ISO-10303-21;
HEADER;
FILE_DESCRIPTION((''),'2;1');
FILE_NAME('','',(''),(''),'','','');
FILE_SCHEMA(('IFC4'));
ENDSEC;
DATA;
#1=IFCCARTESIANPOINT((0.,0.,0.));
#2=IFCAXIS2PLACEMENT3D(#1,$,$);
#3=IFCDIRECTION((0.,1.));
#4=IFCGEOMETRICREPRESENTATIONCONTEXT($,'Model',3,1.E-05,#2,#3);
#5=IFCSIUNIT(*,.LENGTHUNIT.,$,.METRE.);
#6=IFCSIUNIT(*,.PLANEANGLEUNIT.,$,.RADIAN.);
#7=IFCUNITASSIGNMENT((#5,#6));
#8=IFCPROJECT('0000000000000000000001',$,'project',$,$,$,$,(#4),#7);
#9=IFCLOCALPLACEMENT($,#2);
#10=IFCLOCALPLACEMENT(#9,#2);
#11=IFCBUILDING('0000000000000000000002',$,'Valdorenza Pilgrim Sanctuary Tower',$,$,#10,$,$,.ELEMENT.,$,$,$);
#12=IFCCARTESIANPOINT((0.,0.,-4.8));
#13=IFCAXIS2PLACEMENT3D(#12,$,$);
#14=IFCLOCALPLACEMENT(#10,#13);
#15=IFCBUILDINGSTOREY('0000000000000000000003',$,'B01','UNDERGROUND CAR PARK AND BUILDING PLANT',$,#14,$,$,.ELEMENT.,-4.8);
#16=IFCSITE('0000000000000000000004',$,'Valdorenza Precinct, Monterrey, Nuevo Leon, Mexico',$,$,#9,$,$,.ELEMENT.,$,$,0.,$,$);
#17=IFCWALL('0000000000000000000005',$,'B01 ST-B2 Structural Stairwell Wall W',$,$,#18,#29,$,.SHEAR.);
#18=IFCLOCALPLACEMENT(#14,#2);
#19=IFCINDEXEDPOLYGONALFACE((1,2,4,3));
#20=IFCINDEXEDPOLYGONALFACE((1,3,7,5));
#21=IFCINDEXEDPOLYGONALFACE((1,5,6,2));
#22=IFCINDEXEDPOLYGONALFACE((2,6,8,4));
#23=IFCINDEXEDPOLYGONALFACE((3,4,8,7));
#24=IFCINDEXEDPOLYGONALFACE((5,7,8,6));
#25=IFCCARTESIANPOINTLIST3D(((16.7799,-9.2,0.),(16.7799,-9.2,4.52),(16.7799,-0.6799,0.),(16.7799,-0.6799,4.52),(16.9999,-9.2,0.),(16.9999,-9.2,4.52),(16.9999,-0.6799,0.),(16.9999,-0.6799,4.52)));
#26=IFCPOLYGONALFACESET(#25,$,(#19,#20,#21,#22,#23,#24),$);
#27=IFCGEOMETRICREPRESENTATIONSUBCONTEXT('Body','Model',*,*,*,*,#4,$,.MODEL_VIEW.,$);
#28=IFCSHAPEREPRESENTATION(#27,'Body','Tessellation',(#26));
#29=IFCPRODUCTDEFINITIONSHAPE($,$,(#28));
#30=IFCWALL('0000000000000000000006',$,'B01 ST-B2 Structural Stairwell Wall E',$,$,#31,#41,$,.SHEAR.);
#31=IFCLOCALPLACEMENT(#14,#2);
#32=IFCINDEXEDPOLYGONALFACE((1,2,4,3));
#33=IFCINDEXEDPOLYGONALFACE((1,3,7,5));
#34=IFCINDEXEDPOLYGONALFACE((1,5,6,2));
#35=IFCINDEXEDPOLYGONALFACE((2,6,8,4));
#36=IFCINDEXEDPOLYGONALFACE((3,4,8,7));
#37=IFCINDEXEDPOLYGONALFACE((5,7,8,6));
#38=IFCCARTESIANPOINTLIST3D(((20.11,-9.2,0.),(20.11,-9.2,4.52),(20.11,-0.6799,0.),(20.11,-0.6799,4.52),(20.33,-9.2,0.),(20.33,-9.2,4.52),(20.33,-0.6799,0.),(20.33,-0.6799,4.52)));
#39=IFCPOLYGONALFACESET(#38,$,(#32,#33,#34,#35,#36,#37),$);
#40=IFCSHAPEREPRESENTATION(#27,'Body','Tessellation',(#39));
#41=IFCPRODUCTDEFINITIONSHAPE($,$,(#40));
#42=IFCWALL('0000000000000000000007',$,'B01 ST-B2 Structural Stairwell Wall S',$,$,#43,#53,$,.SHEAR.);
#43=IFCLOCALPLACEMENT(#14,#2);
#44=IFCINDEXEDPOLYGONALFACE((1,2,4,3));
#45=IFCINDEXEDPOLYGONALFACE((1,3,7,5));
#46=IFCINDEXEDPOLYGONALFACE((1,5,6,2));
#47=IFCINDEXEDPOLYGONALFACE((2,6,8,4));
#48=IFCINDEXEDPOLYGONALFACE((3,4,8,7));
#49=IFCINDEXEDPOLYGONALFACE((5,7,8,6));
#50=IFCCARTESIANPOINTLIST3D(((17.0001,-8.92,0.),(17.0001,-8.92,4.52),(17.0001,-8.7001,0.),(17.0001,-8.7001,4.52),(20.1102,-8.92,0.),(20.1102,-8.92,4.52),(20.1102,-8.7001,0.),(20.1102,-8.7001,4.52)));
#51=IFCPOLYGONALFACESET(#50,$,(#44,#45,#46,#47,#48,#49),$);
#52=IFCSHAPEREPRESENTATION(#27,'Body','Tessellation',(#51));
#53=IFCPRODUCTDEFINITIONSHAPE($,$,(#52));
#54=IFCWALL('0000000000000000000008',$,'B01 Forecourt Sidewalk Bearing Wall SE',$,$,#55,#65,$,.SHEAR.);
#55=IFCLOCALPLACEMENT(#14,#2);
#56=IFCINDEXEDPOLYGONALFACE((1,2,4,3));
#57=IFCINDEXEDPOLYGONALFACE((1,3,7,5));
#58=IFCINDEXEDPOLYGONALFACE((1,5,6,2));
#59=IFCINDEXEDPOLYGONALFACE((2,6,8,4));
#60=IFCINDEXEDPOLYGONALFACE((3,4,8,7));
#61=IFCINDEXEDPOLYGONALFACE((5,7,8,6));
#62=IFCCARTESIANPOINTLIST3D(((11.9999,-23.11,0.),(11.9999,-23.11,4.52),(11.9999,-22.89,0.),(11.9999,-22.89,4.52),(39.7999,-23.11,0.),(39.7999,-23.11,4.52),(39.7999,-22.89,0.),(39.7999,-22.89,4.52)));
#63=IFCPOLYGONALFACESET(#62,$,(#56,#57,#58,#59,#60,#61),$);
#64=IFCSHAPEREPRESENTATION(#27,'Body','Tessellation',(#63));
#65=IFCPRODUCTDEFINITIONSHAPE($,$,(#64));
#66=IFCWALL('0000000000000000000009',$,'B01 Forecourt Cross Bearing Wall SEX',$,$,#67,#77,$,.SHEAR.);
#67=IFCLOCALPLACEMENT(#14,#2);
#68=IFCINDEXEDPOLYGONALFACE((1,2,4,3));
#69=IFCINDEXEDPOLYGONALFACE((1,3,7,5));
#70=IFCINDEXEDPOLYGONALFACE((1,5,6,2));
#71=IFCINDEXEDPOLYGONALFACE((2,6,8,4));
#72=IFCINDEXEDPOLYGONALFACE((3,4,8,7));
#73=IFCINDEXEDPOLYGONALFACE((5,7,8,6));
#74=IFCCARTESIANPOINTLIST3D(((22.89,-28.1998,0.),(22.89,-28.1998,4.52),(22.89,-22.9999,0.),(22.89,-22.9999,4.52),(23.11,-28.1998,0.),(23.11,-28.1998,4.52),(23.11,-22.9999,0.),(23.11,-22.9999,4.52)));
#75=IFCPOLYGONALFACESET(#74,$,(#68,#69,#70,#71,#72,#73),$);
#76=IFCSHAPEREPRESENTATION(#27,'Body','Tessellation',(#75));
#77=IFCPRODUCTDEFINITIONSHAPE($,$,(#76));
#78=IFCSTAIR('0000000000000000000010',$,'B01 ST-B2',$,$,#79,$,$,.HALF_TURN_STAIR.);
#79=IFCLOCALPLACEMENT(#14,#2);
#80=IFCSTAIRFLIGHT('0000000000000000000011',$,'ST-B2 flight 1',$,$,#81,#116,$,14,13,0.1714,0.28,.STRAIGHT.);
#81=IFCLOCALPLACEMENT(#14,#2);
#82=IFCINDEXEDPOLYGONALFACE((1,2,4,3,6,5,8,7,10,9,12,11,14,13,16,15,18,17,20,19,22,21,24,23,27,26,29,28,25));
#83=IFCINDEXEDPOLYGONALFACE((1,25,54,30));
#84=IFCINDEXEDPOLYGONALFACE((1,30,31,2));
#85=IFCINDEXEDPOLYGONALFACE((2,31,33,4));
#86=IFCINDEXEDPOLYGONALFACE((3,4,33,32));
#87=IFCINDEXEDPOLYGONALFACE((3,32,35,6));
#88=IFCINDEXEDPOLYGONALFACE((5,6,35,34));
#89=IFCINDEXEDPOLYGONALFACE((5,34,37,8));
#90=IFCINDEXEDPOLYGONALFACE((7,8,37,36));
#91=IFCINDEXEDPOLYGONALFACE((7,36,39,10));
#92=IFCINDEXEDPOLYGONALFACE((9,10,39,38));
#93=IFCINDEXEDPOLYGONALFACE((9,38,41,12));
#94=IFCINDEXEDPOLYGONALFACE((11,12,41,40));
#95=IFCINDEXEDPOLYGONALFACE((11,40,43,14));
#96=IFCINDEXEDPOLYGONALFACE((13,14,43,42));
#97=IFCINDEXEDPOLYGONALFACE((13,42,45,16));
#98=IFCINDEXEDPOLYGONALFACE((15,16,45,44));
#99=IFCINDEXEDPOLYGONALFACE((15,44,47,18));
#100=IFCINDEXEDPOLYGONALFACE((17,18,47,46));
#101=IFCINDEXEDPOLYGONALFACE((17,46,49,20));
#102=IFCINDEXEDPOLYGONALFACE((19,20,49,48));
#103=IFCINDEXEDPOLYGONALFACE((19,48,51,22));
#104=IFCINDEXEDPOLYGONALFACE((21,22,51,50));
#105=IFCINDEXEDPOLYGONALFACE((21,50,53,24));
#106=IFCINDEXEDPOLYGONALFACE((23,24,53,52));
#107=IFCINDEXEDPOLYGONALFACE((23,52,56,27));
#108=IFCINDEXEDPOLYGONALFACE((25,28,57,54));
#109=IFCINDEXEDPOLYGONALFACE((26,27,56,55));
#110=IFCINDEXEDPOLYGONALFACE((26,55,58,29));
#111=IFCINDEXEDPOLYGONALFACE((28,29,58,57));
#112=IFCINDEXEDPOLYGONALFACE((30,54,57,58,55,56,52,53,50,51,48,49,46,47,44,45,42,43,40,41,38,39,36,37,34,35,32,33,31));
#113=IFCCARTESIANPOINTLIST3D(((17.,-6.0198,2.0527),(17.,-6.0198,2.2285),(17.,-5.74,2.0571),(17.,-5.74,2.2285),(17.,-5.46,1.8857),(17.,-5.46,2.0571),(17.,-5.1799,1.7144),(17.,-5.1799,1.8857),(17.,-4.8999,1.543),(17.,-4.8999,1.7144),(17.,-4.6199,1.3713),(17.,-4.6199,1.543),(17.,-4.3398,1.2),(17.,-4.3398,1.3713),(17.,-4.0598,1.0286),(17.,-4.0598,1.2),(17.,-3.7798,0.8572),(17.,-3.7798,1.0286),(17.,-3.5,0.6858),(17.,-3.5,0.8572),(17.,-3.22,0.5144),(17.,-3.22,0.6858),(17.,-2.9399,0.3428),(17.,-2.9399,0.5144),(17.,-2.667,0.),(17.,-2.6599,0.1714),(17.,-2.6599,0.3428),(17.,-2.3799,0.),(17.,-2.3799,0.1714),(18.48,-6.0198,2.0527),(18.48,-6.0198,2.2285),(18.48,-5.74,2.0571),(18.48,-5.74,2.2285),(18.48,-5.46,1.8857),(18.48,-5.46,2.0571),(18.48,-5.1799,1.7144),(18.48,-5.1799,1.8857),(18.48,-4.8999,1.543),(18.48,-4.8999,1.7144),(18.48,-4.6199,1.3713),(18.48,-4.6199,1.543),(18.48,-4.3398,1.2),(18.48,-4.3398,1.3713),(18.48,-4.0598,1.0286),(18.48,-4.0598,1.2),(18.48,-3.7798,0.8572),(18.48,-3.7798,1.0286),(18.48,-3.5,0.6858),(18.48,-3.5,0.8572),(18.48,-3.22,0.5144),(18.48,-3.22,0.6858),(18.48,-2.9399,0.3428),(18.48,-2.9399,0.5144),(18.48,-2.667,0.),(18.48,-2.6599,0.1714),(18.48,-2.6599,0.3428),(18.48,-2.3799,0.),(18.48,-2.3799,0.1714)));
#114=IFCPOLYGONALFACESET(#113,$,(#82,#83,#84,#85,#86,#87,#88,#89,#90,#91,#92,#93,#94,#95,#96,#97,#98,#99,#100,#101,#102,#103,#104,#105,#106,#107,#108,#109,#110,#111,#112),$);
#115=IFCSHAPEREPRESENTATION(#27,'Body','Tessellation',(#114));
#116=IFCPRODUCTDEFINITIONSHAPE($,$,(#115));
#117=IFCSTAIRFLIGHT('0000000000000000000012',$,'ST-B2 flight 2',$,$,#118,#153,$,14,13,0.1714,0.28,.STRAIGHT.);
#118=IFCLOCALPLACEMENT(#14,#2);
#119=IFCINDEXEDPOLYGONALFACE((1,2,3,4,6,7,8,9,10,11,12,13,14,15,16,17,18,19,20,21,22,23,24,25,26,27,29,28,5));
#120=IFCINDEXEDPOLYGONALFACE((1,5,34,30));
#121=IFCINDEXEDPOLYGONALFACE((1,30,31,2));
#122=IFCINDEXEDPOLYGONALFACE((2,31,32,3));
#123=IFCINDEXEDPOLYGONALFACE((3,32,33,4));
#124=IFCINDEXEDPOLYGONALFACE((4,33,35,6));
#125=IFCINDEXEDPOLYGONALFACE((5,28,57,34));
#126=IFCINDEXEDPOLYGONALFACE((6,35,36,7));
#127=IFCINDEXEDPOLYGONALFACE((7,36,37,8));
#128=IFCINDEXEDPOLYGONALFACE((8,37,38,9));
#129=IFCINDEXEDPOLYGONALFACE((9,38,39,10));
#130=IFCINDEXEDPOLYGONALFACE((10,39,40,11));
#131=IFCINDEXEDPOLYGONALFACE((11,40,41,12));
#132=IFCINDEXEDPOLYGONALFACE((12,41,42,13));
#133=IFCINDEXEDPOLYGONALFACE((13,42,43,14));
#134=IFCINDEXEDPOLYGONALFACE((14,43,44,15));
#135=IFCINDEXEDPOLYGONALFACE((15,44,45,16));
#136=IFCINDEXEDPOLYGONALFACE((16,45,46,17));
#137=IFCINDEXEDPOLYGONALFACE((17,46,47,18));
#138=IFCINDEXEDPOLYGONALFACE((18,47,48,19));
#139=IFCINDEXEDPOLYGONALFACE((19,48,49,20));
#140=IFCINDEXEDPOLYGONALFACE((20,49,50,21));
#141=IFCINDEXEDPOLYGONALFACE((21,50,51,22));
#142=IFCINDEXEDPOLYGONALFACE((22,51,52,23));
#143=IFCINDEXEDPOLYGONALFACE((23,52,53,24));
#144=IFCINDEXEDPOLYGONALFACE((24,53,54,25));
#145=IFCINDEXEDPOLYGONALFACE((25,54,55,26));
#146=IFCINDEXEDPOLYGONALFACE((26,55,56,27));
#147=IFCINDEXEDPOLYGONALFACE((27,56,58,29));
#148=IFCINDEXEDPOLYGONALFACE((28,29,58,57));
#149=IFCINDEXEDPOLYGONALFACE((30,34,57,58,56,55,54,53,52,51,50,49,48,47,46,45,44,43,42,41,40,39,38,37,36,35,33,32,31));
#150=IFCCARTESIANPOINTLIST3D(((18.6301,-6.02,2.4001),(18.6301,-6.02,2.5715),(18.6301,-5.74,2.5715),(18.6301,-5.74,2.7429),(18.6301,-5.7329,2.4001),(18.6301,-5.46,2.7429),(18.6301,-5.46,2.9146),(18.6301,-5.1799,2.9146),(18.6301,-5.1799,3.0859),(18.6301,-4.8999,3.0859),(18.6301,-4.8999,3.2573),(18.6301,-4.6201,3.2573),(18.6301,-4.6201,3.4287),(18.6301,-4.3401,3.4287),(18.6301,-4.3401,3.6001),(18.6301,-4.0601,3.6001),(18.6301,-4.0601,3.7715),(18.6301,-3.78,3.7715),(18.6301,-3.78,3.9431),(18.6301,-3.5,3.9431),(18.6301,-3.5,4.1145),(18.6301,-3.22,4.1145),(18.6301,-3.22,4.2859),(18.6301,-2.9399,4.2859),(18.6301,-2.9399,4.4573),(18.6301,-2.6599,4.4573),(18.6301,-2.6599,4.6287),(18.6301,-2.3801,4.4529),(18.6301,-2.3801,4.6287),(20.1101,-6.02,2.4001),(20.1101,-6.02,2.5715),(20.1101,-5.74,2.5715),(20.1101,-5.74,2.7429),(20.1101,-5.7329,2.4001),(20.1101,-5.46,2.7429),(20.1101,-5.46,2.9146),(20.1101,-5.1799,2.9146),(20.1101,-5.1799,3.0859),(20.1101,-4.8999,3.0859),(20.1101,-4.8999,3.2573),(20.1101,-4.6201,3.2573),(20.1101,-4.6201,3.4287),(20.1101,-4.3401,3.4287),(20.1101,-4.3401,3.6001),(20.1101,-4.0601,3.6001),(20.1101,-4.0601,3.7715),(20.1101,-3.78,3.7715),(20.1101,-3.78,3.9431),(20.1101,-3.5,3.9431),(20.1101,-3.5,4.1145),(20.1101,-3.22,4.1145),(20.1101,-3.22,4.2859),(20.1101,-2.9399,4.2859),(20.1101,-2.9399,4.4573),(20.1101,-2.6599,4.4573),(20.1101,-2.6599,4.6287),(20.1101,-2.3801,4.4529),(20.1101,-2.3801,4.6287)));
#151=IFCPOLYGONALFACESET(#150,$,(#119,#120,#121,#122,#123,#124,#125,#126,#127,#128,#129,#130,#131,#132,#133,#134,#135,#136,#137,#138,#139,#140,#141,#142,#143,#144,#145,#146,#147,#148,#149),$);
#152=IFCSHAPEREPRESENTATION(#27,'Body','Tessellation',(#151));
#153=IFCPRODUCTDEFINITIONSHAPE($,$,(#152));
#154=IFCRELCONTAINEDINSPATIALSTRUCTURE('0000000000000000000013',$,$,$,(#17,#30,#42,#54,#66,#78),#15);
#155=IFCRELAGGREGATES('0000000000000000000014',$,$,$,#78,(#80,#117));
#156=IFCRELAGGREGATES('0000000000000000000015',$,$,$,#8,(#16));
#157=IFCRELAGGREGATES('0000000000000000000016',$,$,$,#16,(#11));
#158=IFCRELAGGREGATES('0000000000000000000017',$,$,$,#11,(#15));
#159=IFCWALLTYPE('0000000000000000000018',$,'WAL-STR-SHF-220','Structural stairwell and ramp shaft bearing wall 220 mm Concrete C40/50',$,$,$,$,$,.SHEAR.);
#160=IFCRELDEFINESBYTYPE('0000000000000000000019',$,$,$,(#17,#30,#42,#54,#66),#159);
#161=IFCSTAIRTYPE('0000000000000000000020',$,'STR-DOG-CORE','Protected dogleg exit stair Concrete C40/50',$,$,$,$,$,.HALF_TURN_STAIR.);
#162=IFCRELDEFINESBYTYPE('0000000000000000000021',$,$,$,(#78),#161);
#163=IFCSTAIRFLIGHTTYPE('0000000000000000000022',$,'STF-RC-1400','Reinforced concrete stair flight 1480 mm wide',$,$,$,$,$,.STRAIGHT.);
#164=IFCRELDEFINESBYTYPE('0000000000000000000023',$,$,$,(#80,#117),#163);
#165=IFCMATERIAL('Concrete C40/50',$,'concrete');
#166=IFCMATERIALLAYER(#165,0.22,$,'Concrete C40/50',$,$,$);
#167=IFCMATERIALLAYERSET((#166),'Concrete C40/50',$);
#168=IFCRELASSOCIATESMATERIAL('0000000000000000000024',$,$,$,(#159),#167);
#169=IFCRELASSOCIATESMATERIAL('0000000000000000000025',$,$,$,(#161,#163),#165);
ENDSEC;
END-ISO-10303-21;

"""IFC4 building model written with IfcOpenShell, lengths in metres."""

from ifc_helpers import new_model, si_unit, direction, frame, frame_2d, origin, place, context, subcontext, project, spatial, polyline, rectangle, outline, extrude, material, layer, layer_set, type_object, element, aggregate, save


model = new_model("IFC4")

# Units and contexts
model_context = context("Model", 3, precision=1e-05, world=origin(), true_north=direction((0.0, 1.0)))
body_context = subcontext(model_context, "Body", "Model", "MODEL_VIEW")
ifc_project = project(units=[si_unit("LENGTHUNIT", "METRE"), si_unit("PLANEANGLEUNIT", "RADIAN")], contexts=[model_context])

# Site, building, storey
site_placement = place(None, origin())
site = spatial("IfcSite", under=ifc_project, at=site_placement, Name="Valdorenza Precinct, Monterrey, Nuevo Leon, Mexico", CompositionType="ELEMENT", RefElevation=0.0)
building_placement = place(site_placement, origin())
building = spatial("IfcBuilding", under=site, at=building_placement, Name="Valdorenza Pilgrim Sanctuary Tower", CompositionType="ELEMENT")
storey_placement = place(building_placement, frame((0.0, 0.0, -4.8)))
storey = spatial("IfcBuildingStorey", under=building, at=storey_placement, Name="B01", Description="UNDERGROUND CAR PARK AND BUILDING PLANT", CompositionType="ELEMENT", Elevation=-4.8)

# Walls
ifc_material_1 = material(Name="Concrete C40/50", Category="concrete")
ifc_layer_1 = layer(ifc_material_1, 0.22, Name="Concrete C40/50")
ifc_layer_set_1 = layer_set([ifc_layer_1], Name="Concrete C40/50")
wall_type_1 = type_object("IfcWallType", Name="WAL-STR-SHF-220", Description="Structural stairwell and ramp shaft bearing wall 220 mm Concrete C40/50", PredefinedType="SHEAR", material=ifc_layer_set_1)
for number, where, z_axis, x_axis, name in (
    (1, (16.8899, -9.2, 0.0), (0.0, 0.0, 1.0), (0.0, 1.0, 0.0), "B01 ST-B2 Structural Stairwell Wall W"),
    (2, (20.22, -9.2, 0.0), (0.0, 0.0, 1.0), (0.0, 1.0, 0.0), "B01 ST-B2 Structural Stairwell Wall E"),
):
    element("IfcWall", number, at=place(storey_placement, frame(where, z_axis=z_axis, x_axis=x_axis)), inside=storey, type_object=wall_type_1, Name=name, PredefinedType="SHEAR", context=body_context, shape_type="SweptSolid", body=[
        extrude(rectangle(XDim=8.52, YDim=0.22, at=frame_2d((4.26, 0.0))), origin(), (0.0, 0.0, 1.0), 4.52),
    ])
wall_1_placement = place(storey_placement, frame((17.0, -8.8101, 0.0), z_axis=(0.0, 0.0, 1.0), x_axis=(1.0, 0.0, 0.0)))
element("IfcWall", 3, at=wall_1_placement, inside=storey, type_object=wall_type_1, Name="B01 ST-B2 Structural Stairwell Wall S", PredefinedType="SHEAR", context=body_context, shape_type="SweptSolid", body=[
    extrude(rectangle(XDim=3.1101, YDim=0.22, at=frame_2d((1.5552, 0.0))), origin(), (0.0, 0.0, 1.0), 4.52),
])

# Walls
wall_2_placement = place(storey_placement, frame((12.0, -23.0, 0.0), z_axis=(0.0, 0.0, 1.0), x_axis=(1.0, 0.0, 0.0)))
element("IfcWall", 4, at=wall_2_placement, inside=storey, type_object=wall_type_1, Name="B01 Forecourt Sidewalk Bearing Wall SE", PredefinedType="SHEAR", context=body_context, shape_type="SweptSolid", body=[
    extrude(rectangle(XDim=27.8, YDim=0.22, at=frame_2d((13.8999, 0.0))), origin(), (0.0, 0.0, 1.0), 4.52),
])
wall_3_placement = place(storey_placement, frame((23.0, -28.2, 0.0), z_axis=(0.0, 0.0, 1.0), x_axis=(0.0, 1.0, 0.0)))
element("IfcWall", 5, at=wall_3_placement, inside=storey, type_object=wall_type_1, Name="B01 Forecourt Cross Bearing Wall SEX", PredefinedType="SHEAR", context=body_context, shape_type="SweptSolid", body=[
    extrude(rectangle(XDim=5.2, YDim=0.22, at=frame_2d((2.6001, 0.0))), origin(), (0.0, 0.0, 1.0), 4.52),
])

# Stair, stair flights
stair_type = type_object("IfcStairType", Name="STR-DOG-CORE", Description="Protected dogleg exit stair Concrete C40/50", PredefinedType="HALF_TURN_STAIR", material=ifc_material_1)
stair_placement = place(storey_placement, origin())
stair = element("IfcStair", 6, at=stair_placement, inside=storey, type_object=stair_type, Name="B01 ST-B2", PredefinedType="HALF_TURN_STAIR")
stair_flight_type = type_object("IfcStairFlightType", Name="STF-RC-1400", Description="Reinforced concrete stair flight 1480 mm wide", PredefinedType="STRAIGHT", material=ifc_material_1)
stair_flight_1_placement = place(storey_placement, frame((17.74, -2.3799, 0.0), z_axis=(0.0, 0.0, 1.0), x_axis=(0.0, -1.0, 0.0)))
stair_flight_1 = element("IfcStairFlight", 7, at=stair_flight_1_placement, type_object=stair_flight_type, Name="ST-B2 flight 1", NumberOfRisers=14, NumberOfTreads=13, PredefinedType="STRAIGHT", RiserHeight=0.1714, TreadLength=0.28, context=body_context, shape_type="SweptSolid", body=[
    extrude(outline(polyline([(0.0, 0.0), (0.0, 0.1714), (0.28, 0.1714), (0.28, 0.3428), (0.5601, 0.3428), (0.5601, 0.5144), (0.8401, 0.5144), (0.8401, 0.6858), (1.1201, 0.6858), (1.1201, 0.8572), (1.3999, 0.8572), (1.3999, 1.0286), (1.6799, 1.0286), (1.6799, 1.2), (1.96, 1.2), (1.96, 1.3713), (2.24, 1.3713), (2.24, 1.543), (2.52, 1.543), (2.52, 1.7144), (2.8, 1.7144), (2.8, 1.8857), (3.0801, 1.8857), (3.0801, 2.0571), (3.3601, 2.0571), (3.3601, 2.2285), (3.6399, 2.2285), (3.6399, 2.3999), (3.6399, 2.0527), (0.2871, 0.0), (0.0, 0.0)])), frame((0.0, 0.74, 0.0), z_axis=(0.0, -1.0, 0.0), x_axis=(1.0, 0.0, 0.0)), (0.0, 0.0, 1.0), 1.48),
])
stair_flight_2_placement = place(storey_placement, frame((19.3701, -6.02, 2.4001), z_axis=(0.0, 0.0, 1.0), x_axis=(0.0, 1.0, 0.0)))
stair_flight_2 = element("IfcStairFlight", 8, at=stair_flight_2_placement, type_object=stair_flight_type, Name="ST-B2 flight 2", NumberOfRisers=14, NumberOfTreads=13, PredefinedType="STRAIGHT", RiserHeight=0.1714, TreadLength=0.28, context=body_context, shape_type="SweptSolid", body=[
    extrude(outline(polyline([(0.0, 0.0), (0.0, 0.1714), (0.28, 0.1714), (0.28, 0.3428), (0.5601, 0.3428), (0.5601, 0.5144), (0.8401, 0.5144), (0.8401, 0.6858), (1.1201, 0.6858), (1.1201, 0.8572), (1.3999, 0.8572), (1.3999, 1.0286), (1.6799, 1.0286), (1.6799, 1.2), (1.96, 1.2), (1.96, 1.3713), (2.24, 1.3713), (2.24, 1.543), (2.52, 1.543), (2.52, 1.7144), (2.8, 1.7144), (2.8, 1.8857), (3.0801, 1.8857), (3.0801, 2.0571), (3.3601, 2.0571), (3.3601, 2.2285), (3.6399, 2.2285), (3.6399, 2.3999), (3.6399, 2.0527), (0.2871, 0.0), (0.0, 0.0)])), frame((0.0, 0.74, 0.0), z_axis=(0.0, -1.0, 0.0), x_axis=(1.0, 0.0, 0.0)), (0.0, 0.0, 1.0), 1.48),
])
aggregate(stair, [stair_flight_1, stair_flight_2])

save(model, "model.ifc")
